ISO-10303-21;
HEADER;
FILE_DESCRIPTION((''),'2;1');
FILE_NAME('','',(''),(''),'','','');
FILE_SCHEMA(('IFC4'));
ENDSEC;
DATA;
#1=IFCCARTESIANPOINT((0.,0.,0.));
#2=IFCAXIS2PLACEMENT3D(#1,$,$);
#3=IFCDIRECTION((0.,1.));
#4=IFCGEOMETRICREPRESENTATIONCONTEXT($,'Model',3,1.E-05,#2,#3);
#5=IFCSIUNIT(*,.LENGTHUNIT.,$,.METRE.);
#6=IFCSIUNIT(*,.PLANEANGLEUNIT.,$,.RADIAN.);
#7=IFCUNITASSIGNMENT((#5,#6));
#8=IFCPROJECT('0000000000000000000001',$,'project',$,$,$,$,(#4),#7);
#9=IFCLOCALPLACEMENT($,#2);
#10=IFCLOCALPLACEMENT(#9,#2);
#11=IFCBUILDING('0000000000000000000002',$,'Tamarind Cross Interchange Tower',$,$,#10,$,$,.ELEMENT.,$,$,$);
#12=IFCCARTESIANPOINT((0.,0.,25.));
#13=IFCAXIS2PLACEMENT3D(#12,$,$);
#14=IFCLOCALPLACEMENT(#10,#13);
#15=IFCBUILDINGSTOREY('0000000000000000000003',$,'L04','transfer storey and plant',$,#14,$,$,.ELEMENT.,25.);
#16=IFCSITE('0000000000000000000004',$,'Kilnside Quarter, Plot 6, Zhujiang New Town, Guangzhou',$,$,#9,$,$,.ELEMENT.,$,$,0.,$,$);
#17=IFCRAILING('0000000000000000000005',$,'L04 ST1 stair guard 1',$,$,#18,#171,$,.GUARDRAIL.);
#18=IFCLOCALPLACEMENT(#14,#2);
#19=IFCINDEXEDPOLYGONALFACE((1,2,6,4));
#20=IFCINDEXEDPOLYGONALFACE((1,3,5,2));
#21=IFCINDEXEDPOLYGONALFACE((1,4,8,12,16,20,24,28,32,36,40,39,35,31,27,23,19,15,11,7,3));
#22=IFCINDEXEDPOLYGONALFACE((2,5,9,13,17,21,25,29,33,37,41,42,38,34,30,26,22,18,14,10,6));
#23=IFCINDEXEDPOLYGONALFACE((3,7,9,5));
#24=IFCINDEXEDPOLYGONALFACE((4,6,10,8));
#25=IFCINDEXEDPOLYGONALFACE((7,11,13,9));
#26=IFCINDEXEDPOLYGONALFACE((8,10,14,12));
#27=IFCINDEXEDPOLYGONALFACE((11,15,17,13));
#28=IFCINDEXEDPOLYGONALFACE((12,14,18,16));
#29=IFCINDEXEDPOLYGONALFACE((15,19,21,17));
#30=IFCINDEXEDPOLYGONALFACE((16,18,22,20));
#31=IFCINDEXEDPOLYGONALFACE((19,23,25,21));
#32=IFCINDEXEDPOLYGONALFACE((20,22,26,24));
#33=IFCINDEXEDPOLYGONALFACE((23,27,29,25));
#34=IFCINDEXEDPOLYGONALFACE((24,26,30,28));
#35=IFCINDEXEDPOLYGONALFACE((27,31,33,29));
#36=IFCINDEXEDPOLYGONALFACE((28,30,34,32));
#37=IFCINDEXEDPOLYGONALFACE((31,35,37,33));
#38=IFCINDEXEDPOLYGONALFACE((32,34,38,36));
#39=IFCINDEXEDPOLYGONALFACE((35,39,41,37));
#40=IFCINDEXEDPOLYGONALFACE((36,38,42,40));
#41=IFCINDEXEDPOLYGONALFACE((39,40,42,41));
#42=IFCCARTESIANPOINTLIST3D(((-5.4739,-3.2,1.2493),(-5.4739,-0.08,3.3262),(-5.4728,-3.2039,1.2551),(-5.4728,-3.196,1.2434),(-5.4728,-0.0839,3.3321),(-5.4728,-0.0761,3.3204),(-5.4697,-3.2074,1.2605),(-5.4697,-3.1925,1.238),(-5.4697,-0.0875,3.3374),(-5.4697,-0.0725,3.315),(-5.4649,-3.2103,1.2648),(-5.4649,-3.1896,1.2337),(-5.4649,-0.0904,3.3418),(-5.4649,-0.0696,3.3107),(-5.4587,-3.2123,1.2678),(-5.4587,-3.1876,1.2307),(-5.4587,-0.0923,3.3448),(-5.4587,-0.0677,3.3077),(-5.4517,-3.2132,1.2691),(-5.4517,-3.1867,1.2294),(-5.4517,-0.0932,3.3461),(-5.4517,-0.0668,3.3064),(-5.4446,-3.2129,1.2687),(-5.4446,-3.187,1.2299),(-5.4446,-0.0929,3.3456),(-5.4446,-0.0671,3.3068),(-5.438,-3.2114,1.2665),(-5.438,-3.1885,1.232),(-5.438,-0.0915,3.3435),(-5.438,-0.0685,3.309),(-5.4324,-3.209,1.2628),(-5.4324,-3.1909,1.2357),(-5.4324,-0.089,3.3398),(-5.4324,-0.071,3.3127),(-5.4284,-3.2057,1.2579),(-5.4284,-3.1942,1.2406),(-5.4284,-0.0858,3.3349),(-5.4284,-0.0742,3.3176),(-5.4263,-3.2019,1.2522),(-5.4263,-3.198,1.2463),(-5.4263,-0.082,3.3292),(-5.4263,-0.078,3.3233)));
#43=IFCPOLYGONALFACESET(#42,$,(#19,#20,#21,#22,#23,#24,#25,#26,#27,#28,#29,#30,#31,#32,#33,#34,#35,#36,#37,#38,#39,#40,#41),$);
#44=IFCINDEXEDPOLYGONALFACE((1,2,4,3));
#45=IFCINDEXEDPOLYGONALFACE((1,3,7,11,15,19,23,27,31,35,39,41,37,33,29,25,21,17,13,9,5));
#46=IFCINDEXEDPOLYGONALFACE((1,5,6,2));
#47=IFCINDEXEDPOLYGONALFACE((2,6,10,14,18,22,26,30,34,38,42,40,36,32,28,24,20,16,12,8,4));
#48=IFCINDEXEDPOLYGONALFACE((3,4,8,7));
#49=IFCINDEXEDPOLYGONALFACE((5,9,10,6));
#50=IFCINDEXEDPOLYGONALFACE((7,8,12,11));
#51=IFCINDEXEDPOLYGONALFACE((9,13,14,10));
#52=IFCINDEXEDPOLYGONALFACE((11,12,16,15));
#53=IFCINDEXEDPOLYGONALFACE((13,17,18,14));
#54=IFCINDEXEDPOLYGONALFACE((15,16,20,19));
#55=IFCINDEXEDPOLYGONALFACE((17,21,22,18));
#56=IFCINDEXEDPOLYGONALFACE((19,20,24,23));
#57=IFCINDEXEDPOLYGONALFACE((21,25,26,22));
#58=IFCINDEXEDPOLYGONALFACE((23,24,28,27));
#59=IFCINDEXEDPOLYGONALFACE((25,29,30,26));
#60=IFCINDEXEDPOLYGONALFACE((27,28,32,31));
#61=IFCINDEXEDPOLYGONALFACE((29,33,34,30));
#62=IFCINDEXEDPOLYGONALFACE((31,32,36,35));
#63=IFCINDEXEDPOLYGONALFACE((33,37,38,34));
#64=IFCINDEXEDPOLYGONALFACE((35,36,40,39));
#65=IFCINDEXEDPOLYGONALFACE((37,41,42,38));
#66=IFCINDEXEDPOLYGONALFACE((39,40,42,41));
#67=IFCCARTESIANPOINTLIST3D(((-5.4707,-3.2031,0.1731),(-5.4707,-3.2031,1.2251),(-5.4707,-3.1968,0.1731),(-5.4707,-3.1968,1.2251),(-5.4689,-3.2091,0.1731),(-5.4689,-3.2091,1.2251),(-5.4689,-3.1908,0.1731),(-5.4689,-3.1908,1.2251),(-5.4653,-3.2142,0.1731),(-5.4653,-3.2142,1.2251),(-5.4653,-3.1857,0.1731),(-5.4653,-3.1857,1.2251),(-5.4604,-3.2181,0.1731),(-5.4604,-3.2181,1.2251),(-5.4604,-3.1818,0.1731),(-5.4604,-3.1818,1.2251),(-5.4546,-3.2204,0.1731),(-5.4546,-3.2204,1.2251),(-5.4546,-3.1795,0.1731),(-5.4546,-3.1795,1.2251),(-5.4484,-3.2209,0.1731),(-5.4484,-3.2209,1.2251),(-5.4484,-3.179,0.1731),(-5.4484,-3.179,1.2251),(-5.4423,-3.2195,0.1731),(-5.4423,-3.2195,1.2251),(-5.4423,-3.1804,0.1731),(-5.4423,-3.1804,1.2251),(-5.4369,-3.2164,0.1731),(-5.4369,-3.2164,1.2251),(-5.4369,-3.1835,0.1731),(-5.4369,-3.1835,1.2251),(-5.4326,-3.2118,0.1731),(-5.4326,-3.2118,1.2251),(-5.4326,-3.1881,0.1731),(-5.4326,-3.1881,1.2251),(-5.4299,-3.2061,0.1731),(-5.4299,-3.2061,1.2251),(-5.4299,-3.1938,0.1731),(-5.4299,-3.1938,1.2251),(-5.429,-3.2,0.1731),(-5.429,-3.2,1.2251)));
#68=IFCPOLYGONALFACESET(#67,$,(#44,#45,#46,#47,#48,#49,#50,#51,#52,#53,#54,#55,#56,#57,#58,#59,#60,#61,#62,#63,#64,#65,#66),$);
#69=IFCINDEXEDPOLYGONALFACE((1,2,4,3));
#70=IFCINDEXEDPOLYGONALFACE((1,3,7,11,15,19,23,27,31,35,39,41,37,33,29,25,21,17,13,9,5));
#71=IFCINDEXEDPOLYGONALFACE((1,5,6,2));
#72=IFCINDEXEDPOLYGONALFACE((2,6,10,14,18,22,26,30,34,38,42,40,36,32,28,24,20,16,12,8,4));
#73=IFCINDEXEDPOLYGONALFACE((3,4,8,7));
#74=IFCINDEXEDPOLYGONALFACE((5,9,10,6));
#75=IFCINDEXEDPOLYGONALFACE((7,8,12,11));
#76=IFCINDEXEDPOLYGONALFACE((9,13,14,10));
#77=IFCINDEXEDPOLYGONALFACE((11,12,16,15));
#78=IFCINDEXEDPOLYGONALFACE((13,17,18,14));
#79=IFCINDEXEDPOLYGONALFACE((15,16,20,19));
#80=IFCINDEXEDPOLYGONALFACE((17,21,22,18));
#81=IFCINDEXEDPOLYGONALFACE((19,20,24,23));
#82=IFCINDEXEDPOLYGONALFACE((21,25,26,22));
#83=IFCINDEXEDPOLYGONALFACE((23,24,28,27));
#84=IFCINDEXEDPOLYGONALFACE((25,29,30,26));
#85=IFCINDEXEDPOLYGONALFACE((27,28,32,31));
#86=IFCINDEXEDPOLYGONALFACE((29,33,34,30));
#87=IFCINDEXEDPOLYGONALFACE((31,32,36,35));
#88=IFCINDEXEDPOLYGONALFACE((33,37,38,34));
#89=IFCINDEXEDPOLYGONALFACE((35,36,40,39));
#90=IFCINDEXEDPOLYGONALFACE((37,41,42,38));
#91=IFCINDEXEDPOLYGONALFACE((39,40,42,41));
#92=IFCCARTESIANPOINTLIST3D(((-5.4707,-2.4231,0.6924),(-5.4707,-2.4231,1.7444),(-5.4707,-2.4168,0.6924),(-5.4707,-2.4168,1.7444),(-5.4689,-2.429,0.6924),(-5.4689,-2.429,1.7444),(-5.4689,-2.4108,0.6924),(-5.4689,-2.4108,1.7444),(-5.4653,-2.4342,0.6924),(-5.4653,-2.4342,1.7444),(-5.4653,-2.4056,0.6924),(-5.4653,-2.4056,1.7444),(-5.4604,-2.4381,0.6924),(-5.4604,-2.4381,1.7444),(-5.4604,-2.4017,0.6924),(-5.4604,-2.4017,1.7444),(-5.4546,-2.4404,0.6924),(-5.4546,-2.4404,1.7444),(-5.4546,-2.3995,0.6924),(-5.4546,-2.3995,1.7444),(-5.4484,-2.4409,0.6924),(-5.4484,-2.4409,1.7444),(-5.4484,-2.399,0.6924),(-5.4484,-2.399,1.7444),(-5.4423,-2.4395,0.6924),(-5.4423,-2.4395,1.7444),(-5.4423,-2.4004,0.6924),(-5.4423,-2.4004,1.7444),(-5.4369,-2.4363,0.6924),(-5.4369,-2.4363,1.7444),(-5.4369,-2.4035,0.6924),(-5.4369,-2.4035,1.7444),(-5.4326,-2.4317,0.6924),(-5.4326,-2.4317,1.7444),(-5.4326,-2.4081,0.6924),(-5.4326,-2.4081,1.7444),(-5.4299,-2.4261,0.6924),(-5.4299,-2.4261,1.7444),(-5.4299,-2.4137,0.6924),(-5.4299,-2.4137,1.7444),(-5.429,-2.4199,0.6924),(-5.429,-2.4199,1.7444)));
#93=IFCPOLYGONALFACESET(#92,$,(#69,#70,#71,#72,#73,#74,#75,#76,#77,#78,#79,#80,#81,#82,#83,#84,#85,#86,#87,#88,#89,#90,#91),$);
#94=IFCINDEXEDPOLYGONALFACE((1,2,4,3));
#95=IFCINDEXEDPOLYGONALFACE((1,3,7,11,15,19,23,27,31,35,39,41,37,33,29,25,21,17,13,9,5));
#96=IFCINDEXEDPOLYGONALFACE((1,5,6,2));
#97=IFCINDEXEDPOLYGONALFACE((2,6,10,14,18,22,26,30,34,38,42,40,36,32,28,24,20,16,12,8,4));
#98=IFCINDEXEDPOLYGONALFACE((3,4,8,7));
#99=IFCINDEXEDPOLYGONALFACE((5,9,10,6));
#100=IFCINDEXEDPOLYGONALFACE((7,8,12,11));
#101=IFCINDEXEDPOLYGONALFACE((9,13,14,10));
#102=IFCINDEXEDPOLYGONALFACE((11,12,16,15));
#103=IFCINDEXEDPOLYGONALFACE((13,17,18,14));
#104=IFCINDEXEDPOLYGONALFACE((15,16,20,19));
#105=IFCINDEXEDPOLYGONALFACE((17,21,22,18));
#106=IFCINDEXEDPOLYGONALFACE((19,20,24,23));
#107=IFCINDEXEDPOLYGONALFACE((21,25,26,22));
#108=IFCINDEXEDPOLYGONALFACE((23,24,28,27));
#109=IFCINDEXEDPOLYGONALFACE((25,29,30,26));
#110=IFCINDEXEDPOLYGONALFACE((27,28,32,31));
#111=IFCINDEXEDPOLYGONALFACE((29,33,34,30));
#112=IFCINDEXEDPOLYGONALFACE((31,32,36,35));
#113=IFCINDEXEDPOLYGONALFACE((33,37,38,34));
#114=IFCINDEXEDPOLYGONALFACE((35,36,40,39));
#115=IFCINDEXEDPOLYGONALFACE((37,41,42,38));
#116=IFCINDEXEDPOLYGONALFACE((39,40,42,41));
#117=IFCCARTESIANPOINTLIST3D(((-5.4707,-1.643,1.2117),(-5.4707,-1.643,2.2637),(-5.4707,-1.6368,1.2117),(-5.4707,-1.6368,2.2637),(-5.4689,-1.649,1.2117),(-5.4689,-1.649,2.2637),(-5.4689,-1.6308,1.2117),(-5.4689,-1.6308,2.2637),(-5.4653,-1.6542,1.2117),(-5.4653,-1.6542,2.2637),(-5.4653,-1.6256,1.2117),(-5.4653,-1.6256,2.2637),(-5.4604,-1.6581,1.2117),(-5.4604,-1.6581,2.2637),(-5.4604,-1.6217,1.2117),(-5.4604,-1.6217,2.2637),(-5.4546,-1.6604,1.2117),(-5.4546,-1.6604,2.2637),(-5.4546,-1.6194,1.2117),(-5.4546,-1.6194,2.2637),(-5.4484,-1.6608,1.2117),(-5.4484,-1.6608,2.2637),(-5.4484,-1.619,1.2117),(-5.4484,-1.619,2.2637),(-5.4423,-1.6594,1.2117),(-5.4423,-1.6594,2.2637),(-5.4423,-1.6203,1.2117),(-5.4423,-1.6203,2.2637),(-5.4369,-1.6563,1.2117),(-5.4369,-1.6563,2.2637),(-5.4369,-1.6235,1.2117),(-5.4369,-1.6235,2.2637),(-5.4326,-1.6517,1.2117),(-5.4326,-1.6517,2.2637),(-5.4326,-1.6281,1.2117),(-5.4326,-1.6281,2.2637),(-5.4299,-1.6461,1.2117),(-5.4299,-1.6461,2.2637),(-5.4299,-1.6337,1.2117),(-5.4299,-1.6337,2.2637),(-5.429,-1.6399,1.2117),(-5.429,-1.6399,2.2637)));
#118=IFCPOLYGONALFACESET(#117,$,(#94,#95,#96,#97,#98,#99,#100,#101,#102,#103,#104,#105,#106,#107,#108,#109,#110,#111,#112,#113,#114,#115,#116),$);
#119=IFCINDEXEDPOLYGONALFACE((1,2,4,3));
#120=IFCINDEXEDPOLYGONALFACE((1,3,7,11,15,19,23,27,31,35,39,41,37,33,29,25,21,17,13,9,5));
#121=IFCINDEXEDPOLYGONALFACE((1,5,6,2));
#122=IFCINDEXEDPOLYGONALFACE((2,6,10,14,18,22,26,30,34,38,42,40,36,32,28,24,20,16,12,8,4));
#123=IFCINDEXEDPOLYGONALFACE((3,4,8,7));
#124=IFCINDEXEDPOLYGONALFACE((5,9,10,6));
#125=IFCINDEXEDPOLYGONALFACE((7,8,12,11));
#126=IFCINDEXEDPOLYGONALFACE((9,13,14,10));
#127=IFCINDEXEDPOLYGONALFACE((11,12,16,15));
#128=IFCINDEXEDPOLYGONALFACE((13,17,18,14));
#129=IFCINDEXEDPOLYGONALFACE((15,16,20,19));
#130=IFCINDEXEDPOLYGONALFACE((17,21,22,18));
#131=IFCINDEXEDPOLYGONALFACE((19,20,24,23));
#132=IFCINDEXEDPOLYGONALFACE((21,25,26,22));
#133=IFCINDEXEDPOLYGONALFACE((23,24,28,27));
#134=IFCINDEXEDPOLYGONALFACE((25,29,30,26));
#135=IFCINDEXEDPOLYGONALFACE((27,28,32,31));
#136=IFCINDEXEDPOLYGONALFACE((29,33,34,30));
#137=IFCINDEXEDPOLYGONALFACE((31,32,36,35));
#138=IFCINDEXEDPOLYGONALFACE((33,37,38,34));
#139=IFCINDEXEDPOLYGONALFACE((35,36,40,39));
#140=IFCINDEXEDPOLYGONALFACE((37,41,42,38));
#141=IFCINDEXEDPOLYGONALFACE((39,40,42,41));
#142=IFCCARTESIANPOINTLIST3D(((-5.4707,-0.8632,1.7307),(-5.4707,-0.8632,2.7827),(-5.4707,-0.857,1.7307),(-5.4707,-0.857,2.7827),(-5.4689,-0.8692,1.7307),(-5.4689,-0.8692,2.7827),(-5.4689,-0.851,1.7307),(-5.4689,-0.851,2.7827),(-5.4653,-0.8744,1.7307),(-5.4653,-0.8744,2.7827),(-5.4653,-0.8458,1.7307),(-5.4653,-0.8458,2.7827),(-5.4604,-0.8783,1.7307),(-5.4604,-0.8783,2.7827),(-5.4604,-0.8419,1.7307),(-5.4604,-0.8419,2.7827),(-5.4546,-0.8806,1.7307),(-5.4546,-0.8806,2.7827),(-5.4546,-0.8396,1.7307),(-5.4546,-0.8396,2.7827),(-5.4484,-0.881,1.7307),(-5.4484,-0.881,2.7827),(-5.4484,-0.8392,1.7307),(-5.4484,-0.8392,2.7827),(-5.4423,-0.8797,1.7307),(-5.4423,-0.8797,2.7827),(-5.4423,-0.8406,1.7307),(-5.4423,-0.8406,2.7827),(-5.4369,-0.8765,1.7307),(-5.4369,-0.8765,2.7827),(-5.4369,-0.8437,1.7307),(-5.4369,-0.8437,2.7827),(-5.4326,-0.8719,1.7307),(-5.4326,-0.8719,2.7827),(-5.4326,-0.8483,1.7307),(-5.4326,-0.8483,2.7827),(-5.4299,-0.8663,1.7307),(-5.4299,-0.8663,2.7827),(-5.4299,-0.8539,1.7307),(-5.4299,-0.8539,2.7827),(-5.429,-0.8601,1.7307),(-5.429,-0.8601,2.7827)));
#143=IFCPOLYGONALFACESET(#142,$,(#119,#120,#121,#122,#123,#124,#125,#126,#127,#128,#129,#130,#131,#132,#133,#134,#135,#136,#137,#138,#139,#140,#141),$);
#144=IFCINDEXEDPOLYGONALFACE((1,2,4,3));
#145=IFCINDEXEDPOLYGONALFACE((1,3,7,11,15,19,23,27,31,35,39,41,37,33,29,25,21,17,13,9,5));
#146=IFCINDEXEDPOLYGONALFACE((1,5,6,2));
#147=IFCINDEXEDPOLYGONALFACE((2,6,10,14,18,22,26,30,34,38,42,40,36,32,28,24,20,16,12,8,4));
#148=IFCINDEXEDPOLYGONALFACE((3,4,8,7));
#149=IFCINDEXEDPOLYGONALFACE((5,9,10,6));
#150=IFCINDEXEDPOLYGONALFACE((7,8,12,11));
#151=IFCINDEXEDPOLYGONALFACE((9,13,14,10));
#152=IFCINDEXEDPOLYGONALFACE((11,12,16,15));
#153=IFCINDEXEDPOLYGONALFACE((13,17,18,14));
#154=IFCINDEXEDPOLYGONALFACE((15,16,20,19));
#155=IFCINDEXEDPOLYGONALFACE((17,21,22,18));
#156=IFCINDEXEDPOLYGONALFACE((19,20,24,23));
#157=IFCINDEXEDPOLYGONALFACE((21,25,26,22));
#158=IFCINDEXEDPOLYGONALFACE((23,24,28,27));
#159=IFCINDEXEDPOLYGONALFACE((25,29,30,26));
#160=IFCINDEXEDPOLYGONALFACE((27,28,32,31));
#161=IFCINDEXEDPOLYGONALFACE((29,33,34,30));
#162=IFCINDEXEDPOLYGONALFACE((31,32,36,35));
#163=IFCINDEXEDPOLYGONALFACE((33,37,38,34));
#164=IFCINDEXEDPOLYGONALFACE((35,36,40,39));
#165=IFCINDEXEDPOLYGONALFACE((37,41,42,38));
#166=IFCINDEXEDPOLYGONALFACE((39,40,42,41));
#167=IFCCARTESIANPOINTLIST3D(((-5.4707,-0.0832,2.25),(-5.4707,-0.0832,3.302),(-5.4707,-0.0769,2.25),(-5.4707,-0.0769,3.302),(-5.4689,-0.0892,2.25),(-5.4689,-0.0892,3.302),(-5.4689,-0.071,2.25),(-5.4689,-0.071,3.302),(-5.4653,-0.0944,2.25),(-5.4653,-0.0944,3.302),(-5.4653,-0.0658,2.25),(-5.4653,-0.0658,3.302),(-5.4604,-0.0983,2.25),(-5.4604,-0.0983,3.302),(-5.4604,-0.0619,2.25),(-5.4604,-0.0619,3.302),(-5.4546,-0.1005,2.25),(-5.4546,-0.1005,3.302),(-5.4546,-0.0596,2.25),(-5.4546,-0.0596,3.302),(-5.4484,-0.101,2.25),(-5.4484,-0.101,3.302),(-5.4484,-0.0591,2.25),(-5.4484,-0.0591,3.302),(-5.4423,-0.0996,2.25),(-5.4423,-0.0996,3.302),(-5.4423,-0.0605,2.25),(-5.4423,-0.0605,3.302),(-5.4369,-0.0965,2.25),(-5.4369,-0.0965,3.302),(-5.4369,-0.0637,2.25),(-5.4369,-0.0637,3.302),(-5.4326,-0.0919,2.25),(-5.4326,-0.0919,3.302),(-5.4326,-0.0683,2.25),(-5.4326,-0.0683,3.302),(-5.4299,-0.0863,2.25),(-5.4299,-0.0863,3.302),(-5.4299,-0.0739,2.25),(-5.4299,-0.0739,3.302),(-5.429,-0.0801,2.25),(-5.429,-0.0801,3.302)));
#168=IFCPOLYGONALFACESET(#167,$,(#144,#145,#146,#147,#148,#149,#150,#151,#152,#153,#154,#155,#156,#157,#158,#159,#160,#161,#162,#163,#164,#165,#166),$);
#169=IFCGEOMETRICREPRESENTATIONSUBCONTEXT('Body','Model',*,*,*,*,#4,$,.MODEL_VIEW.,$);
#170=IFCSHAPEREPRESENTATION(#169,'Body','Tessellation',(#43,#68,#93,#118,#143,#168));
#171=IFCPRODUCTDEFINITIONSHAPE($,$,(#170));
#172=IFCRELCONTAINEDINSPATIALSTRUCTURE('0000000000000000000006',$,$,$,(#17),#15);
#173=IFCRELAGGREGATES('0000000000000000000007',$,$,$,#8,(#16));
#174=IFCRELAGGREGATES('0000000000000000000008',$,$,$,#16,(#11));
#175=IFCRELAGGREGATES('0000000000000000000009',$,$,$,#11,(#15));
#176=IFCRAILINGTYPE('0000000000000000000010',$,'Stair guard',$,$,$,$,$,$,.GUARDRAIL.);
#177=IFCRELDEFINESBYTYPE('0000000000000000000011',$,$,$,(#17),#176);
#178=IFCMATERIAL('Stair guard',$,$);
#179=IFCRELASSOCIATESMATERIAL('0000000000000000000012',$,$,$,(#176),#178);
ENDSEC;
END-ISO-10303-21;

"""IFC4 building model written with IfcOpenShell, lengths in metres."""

from ifc_helpers import new_model, si_unit, direction, frame, origin, origin_2d, place, context, subcontext, project, spatial, circle, extrude, material, type_object, element, save


model = new_model("IFC4")

# Units and contexts
model_context = context("Model", 3, precision=1e-05, world=origin(), true_north=direction((0.0, 1.0)))
body_context = subcontext(model_context, "Body", "Model", "MODEL_VIEW")
ifc_project = project(units=[si_unit("LENGTHUNIT", "METRE"), si_unit("PLANEANGLEUNIT", "RADIAN")], contexts=[model_context])

# Site, building, storey
site_placement = place(None, origin())
site = spatial("IfcSite", under=ifc_project, at=site_placement, Name="Kilnside Quarter, Plot 6, Zhujiang New Town, Guangzhou", CompositionType="ELEMENT", RefElevation=0.0)
building_placement = place(site_placement, origin())
building = spatial("IfcBuilding", under=site, at=building_placement, Name="Tamarind Cross Interchange Tower", CompositionType="ELEMENT")
storey_placement = place(building_placement, frame((0.0, 0.0, 25.0)))
storey = spatial("IfcBuildingStorey", under=building, at=storey_placement, Name="L04", Description="transfer storey and plant", CompositionType="ELEMENT", Elevation=25.0)

# Railing
ifc_material_1 = material(Name="Stair guard")
railing_type_1 = type_object("IfcRailingType", Name="Stair guard", PredefinedType="GUARDRAIL", material=ifc_material_1)
railing_1_placement = place(storey_placement, frame((-5.45, -3.2, 0.1731)))
element("IfcRailing", 1, at=railing_1_placement, inside=storey, type_object=railing_type_1, Name="L04 ST1 stair guard 1", PredefinedType="GUARDRAIL", context=body_context, shape_type="SweptSolid", body=[
    extrude(circle(Radius=0.0239, at=origin_2d()), frame((0.0, 0.0, 1.0762), z_axis=(0.0, 0.832421, 0.554144), x_axis=(-1.0, 0.0, 0.0)), (0.0, 0.0, 1.0), 3.748),
    extrude(circle(Radius=0.021, at=origin_2d()), origin(), (0.0, 0.0, 1.0), 1.052),
    extrude(circle(Radius=0.021, at=origin_2d()), frame((0.0, 0.78, 0.5193)), (0.0, 0.0, 1.0), 1.052),
    extrude(circle(Radius=0.021, at=origin_2d()), frame((0.0, 1.5601, 1.0386)), (0.0, 0.0, 1.0), 1.052),
    extrude(circle(Radius=0.021, at=origin_2d()), frame((0.0, 2.3398, 1.5576)), (0.0, 0.0, 1.0), 1.052),
    extrude(circle(Radius=0.021, at=origin_2d()), frame((0.0, 3.1199, 2.0769)), (0.0, 0.0, 1.0), 1.052),
])

save(model, "model.ifc")
